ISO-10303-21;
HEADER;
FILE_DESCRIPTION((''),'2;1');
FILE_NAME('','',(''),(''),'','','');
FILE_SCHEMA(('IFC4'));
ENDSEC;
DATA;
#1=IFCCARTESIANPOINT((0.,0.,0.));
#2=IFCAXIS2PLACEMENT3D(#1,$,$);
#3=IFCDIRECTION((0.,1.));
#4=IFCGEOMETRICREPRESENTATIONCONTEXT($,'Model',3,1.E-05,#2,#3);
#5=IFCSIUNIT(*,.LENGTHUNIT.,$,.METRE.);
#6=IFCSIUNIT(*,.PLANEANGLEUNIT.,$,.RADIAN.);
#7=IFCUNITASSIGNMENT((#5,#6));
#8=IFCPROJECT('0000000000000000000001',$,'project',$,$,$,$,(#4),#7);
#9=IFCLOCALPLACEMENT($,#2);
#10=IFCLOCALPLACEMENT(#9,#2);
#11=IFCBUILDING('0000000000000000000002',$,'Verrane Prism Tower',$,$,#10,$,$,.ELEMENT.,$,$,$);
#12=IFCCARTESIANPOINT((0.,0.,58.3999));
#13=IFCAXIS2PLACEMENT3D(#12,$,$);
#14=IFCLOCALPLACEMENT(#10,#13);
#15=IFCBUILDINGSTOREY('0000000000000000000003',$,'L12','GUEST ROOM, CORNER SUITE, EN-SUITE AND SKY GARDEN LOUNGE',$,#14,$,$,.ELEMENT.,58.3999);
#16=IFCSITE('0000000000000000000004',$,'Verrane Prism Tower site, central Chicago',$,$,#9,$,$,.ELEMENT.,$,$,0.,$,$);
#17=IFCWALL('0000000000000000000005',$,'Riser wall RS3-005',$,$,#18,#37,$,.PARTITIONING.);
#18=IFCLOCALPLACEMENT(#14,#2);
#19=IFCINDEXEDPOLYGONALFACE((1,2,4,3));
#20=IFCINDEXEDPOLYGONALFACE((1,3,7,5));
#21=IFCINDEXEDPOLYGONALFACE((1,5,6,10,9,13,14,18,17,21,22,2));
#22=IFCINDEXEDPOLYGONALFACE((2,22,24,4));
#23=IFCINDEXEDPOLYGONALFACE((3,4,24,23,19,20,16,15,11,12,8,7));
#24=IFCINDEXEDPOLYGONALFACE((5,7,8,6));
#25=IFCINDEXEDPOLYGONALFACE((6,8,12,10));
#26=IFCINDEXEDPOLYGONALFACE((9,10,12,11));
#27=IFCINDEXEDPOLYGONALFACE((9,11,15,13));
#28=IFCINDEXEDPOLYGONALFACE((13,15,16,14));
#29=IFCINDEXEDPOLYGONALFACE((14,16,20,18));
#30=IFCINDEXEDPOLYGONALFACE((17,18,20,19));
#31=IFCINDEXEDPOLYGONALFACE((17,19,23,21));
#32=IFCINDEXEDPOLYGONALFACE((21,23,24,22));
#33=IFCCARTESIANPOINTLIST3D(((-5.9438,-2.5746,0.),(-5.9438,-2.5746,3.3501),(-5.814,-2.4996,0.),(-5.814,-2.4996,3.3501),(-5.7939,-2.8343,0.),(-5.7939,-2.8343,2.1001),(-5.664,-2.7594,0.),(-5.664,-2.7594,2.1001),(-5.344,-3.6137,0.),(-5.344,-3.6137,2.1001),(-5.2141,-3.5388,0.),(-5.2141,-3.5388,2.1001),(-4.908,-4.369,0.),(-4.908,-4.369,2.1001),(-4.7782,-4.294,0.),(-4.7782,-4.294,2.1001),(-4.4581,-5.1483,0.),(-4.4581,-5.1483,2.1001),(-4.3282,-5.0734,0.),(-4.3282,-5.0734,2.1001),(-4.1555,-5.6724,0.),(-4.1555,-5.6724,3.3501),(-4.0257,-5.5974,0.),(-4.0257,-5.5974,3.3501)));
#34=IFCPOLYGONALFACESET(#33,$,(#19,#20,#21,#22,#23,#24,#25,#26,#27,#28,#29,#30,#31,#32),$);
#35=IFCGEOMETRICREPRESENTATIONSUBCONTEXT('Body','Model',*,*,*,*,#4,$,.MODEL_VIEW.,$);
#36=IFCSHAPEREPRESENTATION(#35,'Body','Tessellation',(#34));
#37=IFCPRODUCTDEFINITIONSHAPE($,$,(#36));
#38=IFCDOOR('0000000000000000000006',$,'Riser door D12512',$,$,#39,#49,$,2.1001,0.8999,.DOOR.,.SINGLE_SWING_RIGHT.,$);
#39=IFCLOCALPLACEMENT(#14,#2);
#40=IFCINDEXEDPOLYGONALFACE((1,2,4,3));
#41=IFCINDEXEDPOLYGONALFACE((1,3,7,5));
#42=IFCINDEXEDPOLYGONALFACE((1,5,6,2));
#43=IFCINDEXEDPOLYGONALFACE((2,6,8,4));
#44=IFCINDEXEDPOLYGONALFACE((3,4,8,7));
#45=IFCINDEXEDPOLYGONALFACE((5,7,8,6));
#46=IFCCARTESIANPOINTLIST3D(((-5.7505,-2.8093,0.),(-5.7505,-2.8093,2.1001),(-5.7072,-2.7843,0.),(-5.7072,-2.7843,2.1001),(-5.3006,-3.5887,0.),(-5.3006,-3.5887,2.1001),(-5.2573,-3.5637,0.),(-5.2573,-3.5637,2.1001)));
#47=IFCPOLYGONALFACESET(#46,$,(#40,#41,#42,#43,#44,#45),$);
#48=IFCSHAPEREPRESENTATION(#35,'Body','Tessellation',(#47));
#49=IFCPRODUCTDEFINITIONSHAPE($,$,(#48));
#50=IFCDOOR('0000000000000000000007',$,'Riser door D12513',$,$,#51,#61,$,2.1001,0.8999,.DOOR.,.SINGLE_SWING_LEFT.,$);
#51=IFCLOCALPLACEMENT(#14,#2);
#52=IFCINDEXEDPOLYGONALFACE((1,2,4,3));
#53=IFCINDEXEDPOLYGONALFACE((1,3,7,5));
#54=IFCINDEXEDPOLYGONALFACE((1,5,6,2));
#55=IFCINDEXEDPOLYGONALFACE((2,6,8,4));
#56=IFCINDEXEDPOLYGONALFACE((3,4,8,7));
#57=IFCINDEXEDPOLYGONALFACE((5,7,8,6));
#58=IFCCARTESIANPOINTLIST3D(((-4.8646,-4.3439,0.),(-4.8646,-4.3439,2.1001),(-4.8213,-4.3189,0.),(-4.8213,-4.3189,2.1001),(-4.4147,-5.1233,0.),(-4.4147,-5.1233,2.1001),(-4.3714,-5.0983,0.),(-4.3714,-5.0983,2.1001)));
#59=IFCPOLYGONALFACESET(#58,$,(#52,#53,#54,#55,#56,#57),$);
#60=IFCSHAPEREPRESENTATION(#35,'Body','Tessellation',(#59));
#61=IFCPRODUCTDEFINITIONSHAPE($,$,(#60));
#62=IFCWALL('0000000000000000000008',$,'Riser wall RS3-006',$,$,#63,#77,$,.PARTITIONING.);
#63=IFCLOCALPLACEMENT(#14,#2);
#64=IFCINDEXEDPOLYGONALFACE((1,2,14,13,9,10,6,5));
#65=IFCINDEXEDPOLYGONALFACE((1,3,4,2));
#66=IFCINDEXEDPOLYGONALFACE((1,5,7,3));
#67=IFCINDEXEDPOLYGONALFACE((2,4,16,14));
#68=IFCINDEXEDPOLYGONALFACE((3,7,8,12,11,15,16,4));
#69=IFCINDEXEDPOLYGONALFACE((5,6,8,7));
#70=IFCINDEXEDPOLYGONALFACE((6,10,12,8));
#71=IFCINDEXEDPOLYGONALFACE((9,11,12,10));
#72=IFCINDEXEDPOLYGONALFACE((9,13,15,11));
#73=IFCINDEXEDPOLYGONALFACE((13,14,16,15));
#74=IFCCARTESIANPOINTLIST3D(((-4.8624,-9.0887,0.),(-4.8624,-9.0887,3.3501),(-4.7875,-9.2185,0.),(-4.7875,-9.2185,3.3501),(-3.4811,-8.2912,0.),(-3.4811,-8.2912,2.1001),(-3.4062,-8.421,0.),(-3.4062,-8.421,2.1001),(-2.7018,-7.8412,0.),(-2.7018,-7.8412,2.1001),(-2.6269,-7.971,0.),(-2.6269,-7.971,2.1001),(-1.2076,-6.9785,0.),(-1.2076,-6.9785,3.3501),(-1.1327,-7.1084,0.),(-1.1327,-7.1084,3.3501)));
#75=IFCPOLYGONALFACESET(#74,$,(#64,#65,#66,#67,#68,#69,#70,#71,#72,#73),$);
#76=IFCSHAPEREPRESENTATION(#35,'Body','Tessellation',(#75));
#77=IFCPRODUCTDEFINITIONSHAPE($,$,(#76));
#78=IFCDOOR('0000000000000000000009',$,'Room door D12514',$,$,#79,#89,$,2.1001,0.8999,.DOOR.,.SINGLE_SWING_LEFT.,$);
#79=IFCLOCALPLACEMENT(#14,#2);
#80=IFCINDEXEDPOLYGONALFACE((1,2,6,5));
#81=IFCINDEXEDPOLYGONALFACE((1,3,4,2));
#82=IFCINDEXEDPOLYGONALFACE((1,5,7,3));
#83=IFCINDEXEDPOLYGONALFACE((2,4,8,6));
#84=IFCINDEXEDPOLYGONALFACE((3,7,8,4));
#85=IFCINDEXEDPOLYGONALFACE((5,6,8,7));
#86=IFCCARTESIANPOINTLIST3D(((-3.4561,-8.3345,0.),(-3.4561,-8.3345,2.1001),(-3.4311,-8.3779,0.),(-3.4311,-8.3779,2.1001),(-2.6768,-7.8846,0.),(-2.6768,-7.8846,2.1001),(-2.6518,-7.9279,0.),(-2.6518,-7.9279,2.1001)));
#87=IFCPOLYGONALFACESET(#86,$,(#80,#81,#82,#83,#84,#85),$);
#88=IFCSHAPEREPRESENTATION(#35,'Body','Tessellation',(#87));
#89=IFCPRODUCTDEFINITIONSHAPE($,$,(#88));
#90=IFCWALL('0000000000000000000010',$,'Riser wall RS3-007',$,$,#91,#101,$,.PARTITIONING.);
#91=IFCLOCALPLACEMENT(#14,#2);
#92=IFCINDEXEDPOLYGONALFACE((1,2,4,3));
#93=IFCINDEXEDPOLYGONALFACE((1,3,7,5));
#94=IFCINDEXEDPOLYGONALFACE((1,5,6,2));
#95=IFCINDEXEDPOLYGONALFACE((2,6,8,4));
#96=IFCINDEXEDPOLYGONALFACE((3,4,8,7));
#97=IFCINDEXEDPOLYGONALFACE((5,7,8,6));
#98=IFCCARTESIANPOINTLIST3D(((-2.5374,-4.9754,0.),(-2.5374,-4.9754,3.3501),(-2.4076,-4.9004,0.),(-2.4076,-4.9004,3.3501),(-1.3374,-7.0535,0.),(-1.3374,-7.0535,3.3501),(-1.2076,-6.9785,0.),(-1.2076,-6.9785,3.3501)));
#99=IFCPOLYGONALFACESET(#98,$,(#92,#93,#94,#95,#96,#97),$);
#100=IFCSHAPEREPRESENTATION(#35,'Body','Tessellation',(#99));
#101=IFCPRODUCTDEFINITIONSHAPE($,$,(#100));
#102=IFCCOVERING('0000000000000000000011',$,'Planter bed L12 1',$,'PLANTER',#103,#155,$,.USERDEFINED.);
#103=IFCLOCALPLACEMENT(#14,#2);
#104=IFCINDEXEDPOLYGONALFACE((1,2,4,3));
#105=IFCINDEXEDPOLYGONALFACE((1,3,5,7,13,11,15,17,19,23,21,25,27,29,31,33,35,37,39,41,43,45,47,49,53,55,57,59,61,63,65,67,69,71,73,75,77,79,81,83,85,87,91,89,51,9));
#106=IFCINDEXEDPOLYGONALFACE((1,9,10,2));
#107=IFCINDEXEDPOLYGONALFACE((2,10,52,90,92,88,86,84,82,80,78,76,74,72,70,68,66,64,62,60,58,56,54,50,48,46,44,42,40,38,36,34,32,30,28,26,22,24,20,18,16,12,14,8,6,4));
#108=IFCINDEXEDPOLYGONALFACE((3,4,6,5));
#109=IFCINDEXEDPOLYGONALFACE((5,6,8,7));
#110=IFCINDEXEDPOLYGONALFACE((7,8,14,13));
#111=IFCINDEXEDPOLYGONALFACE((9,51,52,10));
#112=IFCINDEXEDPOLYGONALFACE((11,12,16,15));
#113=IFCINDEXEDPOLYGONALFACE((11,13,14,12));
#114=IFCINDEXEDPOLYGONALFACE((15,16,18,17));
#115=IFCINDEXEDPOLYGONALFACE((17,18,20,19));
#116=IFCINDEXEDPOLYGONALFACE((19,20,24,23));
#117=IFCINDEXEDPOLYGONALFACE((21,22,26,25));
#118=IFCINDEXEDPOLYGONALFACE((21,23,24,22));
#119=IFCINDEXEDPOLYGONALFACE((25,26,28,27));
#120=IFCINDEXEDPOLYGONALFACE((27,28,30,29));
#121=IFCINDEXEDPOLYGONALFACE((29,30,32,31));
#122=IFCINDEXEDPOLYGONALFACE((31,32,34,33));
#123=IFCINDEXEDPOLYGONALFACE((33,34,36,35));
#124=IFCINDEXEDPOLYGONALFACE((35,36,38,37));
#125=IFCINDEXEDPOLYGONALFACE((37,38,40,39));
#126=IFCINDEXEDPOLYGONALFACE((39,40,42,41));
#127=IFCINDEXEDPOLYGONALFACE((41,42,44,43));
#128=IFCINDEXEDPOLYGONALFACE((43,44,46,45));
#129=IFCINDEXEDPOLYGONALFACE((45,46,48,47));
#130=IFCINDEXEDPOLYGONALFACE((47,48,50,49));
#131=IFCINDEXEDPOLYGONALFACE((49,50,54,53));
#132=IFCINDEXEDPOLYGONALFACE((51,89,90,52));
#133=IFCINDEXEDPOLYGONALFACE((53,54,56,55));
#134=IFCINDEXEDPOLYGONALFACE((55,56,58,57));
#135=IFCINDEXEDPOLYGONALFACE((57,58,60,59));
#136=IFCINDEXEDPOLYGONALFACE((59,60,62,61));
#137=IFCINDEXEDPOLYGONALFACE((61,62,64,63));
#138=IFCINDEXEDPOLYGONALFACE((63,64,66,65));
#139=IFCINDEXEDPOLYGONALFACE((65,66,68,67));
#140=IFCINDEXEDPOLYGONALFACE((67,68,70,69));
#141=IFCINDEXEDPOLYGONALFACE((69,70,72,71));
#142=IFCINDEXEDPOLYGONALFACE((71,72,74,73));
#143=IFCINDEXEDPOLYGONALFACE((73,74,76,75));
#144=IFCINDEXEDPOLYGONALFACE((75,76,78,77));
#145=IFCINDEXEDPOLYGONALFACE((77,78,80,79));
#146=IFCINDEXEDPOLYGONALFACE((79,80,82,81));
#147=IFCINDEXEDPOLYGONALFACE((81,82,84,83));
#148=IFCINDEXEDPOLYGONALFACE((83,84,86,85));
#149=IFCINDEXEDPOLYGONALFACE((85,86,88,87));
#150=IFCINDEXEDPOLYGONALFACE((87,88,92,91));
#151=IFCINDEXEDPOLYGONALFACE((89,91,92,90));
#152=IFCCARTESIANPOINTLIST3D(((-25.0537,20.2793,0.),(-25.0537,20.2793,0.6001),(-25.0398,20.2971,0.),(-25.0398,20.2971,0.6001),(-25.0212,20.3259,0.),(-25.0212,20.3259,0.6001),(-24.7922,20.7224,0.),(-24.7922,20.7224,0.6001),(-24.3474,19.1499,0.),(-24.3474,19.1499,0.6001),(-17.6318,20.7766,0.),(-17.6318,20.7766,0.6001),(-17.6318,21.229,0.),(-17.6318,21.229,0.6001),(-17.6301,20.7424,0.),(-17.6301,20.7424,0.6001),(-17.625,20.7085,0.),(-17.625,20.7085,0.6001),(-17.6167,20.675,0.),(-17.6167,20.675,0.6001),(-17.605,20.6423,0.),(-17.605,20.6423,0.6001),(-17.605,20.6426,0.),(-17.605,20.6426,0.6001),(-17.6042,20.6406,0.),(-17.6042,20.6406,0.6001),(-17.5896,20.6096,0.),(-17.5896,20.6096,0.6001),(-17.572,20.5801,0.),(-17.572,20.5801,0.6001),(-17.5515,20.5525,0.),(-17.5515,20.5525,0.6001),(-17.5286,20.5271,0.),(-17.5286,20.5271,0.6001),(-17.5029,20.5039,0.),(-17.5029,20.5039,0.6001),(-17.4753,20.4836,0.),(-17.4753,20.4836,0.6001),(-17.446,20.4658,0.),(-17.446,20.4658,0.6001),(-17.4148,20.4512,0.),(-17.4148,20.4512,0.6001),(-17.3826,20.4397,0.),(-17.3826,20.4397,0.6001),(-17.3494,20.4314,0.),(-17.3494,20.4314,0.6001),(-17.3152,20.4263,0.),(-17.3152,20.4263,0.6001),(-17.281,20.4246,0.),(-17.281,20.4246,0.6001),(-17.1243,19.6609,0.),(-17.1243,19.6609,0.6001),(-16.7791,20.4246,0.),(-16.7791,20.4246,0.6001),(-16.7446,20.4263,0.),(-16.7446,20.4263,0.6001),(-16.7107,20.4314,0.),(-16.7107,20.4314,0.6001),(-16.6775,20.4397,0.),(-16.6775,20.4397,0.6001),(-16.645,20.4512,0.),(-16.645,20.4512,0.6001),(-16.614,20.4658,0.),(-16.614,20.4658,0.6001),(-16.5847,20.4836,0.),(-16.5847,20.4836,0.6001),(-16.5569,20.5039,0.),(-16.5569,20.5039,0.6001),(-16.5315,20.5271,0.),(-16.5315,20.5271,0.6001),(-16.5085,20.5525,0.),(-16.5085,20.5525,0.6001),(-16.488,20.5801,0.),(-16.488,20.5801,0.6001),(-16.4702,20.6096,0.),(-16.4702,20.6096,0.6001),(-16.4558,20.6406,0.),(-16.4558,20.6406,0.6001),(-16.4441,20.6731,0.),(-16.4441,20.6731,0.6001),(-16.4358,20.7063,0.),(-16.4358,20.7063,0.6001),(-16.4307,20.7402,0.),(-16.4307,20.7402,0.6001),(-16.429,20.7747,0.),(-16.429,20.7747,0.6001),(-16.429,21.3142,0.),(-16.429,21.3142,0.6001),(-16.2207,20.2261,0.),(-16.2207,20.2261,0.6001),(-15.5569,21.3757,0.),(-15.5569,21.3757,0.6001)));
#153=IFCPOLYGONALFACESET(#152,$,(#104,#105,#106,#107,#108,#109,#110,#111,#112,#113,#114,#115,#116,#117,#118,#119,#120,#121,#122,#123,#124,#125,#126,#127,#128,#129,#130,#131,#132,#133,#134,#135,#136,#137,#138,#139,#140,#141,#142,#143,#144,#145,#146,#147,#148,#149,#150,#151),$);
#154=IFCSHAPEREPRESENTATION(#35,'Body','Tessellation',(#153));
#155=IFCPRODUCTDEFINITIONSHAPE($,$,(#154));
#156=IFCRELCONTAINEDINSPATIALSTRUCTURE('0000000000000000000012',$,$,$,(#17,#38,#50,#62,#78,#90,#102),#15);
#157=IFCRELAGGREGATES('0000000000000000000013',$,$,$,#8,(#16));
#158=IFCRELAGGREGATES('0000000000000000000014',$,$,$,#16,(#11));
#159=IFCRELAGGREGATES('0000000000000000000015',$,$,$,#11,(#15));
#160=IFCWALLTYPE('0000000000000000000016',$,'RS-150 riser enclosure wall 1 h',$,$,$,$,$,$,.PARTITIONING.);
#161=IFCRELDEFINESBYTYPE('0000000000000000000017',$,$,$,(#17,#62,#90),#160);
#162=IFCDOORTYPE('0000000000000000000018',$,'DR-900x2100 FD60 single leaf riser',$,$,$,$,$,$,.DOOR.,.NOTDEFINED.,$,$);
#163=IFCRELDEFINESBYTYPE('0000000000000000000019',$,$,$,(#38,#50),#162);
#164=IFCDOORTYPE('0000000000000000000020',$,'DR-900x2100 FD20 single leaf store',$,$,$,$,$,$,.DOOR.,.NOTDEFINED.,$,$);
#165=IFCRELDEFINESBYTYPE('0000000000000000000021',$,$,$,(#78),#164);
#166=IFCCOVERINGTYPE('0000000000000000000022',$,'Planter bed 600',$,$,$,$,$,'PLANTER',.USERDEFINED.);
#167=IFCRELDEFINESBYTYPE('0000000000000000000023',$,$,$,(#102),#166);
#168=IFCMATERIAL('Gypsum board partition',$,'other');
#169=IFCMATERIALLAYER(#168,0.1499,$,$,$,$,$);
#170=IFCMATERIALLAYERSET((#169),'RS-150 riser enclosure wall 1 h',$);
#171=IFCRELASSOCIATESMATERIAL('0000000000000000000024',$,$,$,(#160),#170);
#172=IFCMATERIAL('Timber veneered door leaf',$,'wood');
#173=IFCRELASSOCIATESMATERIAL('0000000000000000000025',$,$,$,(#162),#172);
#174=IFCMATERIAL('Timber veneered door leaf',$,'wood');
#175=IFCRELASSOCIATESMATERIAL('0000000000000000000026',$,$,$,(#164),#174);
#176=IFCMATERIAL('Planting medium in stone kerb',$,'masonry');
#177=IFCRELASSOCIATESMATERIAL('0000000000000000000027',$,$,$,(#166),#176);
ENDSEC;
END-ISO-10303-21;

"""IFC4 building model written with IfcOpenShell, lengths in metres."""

from ifc_helpers import new_model, si_unit, direction, frame, frame_2d, origin, place, context, subcontext, project, spatial, polyline, rectangle, outline, extrude, material, layer, layer_set, type_object, element, fill, save


model = new_model("IFC4")

# Units and contexts
model_context = context("Model", 3, precision=1e-05, world=origin(), true_north=direction((0.0, 1.0)))
body_context = subcontext(model_context, "Body", "Model", "MODEL_VIEW")
ifc_project = project(units=[si_unit("LENGTHUNIT", "METRE"), si_unit("PLANEANGLEUNIT", "RADIAN")], contexts=[model_context])

# Site, building, storey
site_placement = place(None, origin())
site = spatial("IfcSite", under=ifc_project, at=site_placement, Name="Verrane Prism Tower site, central Chicago", CompositionType="ELEMENT", RefElevation=0.0)
building_placement = place(site_placement, origin())
building = spatial("IfcBuilding", under=site, at=building_placement, Name="Verrane Prism Tower", CompositionType="ELEMENT")
storey_placement = place(building_placement, frame((0.0, 0.0, 58.3999)))
storey = spatial("IfcBuildingStorey", under=building, at=storey_placement, Name="L12", Description="GUEST ROOM, CORNER SUITE, EN-SUITE AND SKY GARDEN LOUNGE", CompositionType="ELEMENT", Elevation=58.3999)

# Wall, openings, doors
ifc_material_1 = material(Name="Gypsum board partition", Category="other")
ifc_layer_1 = layer(ifc_material_1, 0.1499)
ifc_layer_set_1 = layer_set([ifc_layer_1], Name="RS-150 riser enclosure wall 1 h")
wall_type_1 = type_object("IfcWallType", Name="RS-150 riser enclosure wall 1 h", PredefinedType="PARTITIONING", material=ifc_layer_set_1)
wall_1_placement = place(storey_placement, frame((-4.0906, -5.635, 0.0), z_axis=(0.0, 0.0, 1.0), x_axis=(-0.499949, 0.866055, 0.0)))
wall_1 = element("IfcWall", 1, at=wall_1_placement, inside=storey, type_object=wall_type_1, Name="Riser wall RS3-005", PredefinedType="PARTITIONING", context=body_context, shape_type="SweptSolid", body=[
    extrude(rectangle(XDim=3.5769, YDim=0.1499, at=frame_2d((1.7886, 0.0))), origin(), (0.0, 0.0, 1.0), 3.3501),
])
opening_1_placement = place(wall_1_placement, frame((2.3772, 0.0, 0.0)))
opening_1 = element("IfcOpeningElement", 2, at=opening_1_placement, cuts=wall_1, PredefinedType="OPENING", context=body_context, shape_type="SweptSolid", body=[
    extrude(rectangle(XDim=0.8999, YDim=2.1001, at=frame_2d((0.45, 1.05))), frame((0.0, 0.085, 0.0), z_axis=(0.0, -1.0, 0.0), x_axis=(1.0, 0.0, 0.0)), (0.0, 0.0, 1.0), 0.1699),
])
opening_2_placement = place(wall_1_placement, frame((0.6052, 0.0, 0.0)))
opening_2 = element("IfcOpeningElement", 3, at=opening_2_placement, cuts=wall_1, PredefinedType="OPENING", context=body_context, shape_type="SweptSolid", body=[
    extrude(rectangle(XDim=0.8999, YDim=2.1001, at=frame_2d((0.45, 1.05))), frame((0.0, 0.085, 0.0), z_axis=(0.0, -1.0, 0.0), x_axis=(1.0, 0.0, 0.0)), (0.0, 0.0, 1.0), 0.1699),
])
ifc_material_2 = material(Name="Timber veneered door leaf", Category="wood")
door_type_1 = type_object("IfcDoorType", Name="DR-900x2100 FD60 single leaf riser", OperationType="NOTDEFINED", PredefinedType="DOOR", material=ifc_material_2)
door_1_placement = place(opening_1_placement, origin())
door_1 = element("IfcDoor", 4, at=door_1_placement, inside=storey, type_object=door_type_1, Name="Riser door D12512", OperationType="SINGLE_SWING_RIGHT", OverallHeight=2.1001, OverallWidth=0.8999, PredefinedType="DOOR", context=body_context, shape_type="SweptSolid", body=[
    extrude(rectangle(XDim=0.8999, YDim=2.1001, at=frame_2d((0.45, 1.05))), frame((0.0, 0.0249, 0.0), z_axis=(0.0, -1.0, 0.0), x_axis=(1.0, 0.0, 0.0)), (0.0, 0.0, 1.0), 0.05),
])
fill(opening_1, door_1)
door_2_placement = place(opening_2_placement, origin())
door_2 = element("IfcDoor", 5, at=door_2_placement, inside=storey, type_object=door_type_1, Name="Riser door D12513", OperationType="SINGLE_SWING_LEFT", OverallHeight=2.1001, OverallWidth=0.8999, PredefinedType="DOOR", context=body_context, shape_type="SweptSolid", body=[
    extrude(rectangle(XDim=0.8999, YDim=2.1001, at=frame_2d((0.45, 1.05))), frame((0.0, 0.0249, 0.0), z_axis=(0.0, -1.0, 0.0), x_axis=(1.0, 0.0, 0.0)), (0.0, 0.0, 1.0), 0.05),
])
fill(opening_2, door_2)

# Wall, opening, door
wall_2_placement = place(storey_placement, frame((-4.825, -9.1536, 0.0), z_axis=(0.0, 0.0, 1.0), x_axis=(0.866024, 0.500003, 0.0)))
wall_2 = element("IfcWall", 6, at=wall_2_placement, inside=storey, type_object=wall_type_1, Name="Riser wall RS3-006", PredefinedType="PARTITIONING", context=body_context, shape_type="SweptSolid", body=[
    extrude(rectangle(XDim=4.2202, YDim=0.1499, at=frame_2d((2.1101, 0.0))), origin(), (0.0, 0.0, 1.0), 3.3501),
])
opening_3_placement = place(wall_2_placement, frame((1.595, 0.0, 0.0)))
opening_3 = element("IfcOpeningElement", 7, at=opening_3_placement, cuts=wall_2, PredefinedType="OPENING", context=body_context, shape_type="SweptSolid", body=[
    extrude(rectangle(XDim=0.8999, YDim=2.1001, at=frame_2d((0.45, 1.05))), frame((0.0, 0.085, 0.0), z_axis=(0.0, -1.0, 0.0), x_axis=(1.0, 0.0, 0.0)), (0.0, 0.0, 1.0), 0.1699),
])
ifc_material_3 = material(Name="Timber veneered door leaf", Category="wood")
door_type_2 = type_object("IfcDoorType", Name="DR-900x2100 FD20 single leaf store", OperationType="NOTDEFINED", PredefinedType="DOOR", material=ifc_material_3)
door_3_placement = place(opening_3_placement, origin())
door_3 = element("IfcDoor", 8, at=door_3_placement, inside=storey, type_object=door_type_2, Name="Room door D12514", OperationType="SINGLE_SWING_LEFT", OverallHeight=2.1001, OverallWidth=0.8999, PredefinedType="DOOR", context=body_context, shape_type="SweptSolid", body=[
    extrude(rectangle(XDim=0.8999, YDim=2.1001, at=frame_2d((0.45, 1.05))), frame((0.0, 0.0249, 0.0), z_axis=(0.0, -1.0, 0.0), x_axis=(1.0, 0.0, 0.0)), (0.0, 0.0, 1.0), 0.05),
])
fill(opening_3, door_3)

# Wall
wall_3_placement = place(storey_placement, frame((-2.4724, -4.938, 0.0), z_axis=(0.0, 0.0, 1.0), x_axis=(0.500045, -0.865999, 0.0)))
element("IfcWall", 9, at=wall_3_placement, inside=storey, type_object=wall_type_1, Name="Riser wall RS3-007", PredefinedType="PARTITIONING", context=body_context, shape_type="SweptSolid", body=[
    extrude(rectangle(XDim=2.3997, YDim=0.1499, at=frame_2d((1.1997, 0.0))), origin(), (0.0, 0.0, 1.0), 3.3501),
])

# Covering
ifc_material_4 = material(Name="Planting medium in stone kerb", Category="masonry")
covering_type_1 = type_object("IfcCoveringType", Name="Planter bed 600", ElementType="PLANTER", PredefinedType="USERDEFINED", material=ifc_material_4)
covering_1_placement = place(storey_placement, origin())
element("IfcCovering", 10, at=covering_1_placement, inside=storey, type_object=covering_type_1, Name="Planter bed L12 1", ObjectType="PLANTER", PredefinedType="USERDEFINED", context=body_context, shape_type="SweptSolid", body=[
    extrude(outline(polyline([(-17.6318, 21.229), (-24.7922, 20.7224), (-25.0212, 20.3259), (-25.0398, 20.2971), (-25.0537, 20.2793), (-24.3474, 19.1499), (-17.1243, 19.6609), (-16.2207, 20.2261), (-15.5569, 21.3757), (-16.429, 21.3142), (-16.429, 20.7747), (-16.4307, 20.7402), (-16.4358, 20.7063), (-16.4441, 20.6731), (-16.4558, 20.6406), (-16.4702, 20.6096), (-16.488, 20.5801), (-16.5085, 20.5525), (-16.5315, 20.5271), (-16.5569, 20.5039), (-16.5847, 20.4836), (-16.614, 20.4658), (-16.645, 20.4512), (-16.6775, 20.4397), (-16.7107, 20.4314), (-16.7446, 20.4263), (-16.7791, 20.4246), (-17.281, 20.4246), (-17.3152, 20.4263), (-17.3494, 20.4314), (-17.3826, 20.4397), (-17.4148, 20.4512), (-17.446, 20.4658), (-17.4753, 20.4836), (-17.5029, 20.5039), (-17.5286, 20.5271), (-17.5515, 20.5525), (-17.572, 20.5801), (-17.5896, 20.6096), (-17.6042, 20.6406), (-17.605, 20.6423), (-17.605, 20.6426), (-17.6167, 20.675), (-17.625, 20.7085), (-17.6301, 20.7424), (-17.6318, 20.7766), (-17.6318, 21.229)])), origin(), (0.0, 0.0, 1.0), 0.6001),
])

save(model, "model.ifc")
